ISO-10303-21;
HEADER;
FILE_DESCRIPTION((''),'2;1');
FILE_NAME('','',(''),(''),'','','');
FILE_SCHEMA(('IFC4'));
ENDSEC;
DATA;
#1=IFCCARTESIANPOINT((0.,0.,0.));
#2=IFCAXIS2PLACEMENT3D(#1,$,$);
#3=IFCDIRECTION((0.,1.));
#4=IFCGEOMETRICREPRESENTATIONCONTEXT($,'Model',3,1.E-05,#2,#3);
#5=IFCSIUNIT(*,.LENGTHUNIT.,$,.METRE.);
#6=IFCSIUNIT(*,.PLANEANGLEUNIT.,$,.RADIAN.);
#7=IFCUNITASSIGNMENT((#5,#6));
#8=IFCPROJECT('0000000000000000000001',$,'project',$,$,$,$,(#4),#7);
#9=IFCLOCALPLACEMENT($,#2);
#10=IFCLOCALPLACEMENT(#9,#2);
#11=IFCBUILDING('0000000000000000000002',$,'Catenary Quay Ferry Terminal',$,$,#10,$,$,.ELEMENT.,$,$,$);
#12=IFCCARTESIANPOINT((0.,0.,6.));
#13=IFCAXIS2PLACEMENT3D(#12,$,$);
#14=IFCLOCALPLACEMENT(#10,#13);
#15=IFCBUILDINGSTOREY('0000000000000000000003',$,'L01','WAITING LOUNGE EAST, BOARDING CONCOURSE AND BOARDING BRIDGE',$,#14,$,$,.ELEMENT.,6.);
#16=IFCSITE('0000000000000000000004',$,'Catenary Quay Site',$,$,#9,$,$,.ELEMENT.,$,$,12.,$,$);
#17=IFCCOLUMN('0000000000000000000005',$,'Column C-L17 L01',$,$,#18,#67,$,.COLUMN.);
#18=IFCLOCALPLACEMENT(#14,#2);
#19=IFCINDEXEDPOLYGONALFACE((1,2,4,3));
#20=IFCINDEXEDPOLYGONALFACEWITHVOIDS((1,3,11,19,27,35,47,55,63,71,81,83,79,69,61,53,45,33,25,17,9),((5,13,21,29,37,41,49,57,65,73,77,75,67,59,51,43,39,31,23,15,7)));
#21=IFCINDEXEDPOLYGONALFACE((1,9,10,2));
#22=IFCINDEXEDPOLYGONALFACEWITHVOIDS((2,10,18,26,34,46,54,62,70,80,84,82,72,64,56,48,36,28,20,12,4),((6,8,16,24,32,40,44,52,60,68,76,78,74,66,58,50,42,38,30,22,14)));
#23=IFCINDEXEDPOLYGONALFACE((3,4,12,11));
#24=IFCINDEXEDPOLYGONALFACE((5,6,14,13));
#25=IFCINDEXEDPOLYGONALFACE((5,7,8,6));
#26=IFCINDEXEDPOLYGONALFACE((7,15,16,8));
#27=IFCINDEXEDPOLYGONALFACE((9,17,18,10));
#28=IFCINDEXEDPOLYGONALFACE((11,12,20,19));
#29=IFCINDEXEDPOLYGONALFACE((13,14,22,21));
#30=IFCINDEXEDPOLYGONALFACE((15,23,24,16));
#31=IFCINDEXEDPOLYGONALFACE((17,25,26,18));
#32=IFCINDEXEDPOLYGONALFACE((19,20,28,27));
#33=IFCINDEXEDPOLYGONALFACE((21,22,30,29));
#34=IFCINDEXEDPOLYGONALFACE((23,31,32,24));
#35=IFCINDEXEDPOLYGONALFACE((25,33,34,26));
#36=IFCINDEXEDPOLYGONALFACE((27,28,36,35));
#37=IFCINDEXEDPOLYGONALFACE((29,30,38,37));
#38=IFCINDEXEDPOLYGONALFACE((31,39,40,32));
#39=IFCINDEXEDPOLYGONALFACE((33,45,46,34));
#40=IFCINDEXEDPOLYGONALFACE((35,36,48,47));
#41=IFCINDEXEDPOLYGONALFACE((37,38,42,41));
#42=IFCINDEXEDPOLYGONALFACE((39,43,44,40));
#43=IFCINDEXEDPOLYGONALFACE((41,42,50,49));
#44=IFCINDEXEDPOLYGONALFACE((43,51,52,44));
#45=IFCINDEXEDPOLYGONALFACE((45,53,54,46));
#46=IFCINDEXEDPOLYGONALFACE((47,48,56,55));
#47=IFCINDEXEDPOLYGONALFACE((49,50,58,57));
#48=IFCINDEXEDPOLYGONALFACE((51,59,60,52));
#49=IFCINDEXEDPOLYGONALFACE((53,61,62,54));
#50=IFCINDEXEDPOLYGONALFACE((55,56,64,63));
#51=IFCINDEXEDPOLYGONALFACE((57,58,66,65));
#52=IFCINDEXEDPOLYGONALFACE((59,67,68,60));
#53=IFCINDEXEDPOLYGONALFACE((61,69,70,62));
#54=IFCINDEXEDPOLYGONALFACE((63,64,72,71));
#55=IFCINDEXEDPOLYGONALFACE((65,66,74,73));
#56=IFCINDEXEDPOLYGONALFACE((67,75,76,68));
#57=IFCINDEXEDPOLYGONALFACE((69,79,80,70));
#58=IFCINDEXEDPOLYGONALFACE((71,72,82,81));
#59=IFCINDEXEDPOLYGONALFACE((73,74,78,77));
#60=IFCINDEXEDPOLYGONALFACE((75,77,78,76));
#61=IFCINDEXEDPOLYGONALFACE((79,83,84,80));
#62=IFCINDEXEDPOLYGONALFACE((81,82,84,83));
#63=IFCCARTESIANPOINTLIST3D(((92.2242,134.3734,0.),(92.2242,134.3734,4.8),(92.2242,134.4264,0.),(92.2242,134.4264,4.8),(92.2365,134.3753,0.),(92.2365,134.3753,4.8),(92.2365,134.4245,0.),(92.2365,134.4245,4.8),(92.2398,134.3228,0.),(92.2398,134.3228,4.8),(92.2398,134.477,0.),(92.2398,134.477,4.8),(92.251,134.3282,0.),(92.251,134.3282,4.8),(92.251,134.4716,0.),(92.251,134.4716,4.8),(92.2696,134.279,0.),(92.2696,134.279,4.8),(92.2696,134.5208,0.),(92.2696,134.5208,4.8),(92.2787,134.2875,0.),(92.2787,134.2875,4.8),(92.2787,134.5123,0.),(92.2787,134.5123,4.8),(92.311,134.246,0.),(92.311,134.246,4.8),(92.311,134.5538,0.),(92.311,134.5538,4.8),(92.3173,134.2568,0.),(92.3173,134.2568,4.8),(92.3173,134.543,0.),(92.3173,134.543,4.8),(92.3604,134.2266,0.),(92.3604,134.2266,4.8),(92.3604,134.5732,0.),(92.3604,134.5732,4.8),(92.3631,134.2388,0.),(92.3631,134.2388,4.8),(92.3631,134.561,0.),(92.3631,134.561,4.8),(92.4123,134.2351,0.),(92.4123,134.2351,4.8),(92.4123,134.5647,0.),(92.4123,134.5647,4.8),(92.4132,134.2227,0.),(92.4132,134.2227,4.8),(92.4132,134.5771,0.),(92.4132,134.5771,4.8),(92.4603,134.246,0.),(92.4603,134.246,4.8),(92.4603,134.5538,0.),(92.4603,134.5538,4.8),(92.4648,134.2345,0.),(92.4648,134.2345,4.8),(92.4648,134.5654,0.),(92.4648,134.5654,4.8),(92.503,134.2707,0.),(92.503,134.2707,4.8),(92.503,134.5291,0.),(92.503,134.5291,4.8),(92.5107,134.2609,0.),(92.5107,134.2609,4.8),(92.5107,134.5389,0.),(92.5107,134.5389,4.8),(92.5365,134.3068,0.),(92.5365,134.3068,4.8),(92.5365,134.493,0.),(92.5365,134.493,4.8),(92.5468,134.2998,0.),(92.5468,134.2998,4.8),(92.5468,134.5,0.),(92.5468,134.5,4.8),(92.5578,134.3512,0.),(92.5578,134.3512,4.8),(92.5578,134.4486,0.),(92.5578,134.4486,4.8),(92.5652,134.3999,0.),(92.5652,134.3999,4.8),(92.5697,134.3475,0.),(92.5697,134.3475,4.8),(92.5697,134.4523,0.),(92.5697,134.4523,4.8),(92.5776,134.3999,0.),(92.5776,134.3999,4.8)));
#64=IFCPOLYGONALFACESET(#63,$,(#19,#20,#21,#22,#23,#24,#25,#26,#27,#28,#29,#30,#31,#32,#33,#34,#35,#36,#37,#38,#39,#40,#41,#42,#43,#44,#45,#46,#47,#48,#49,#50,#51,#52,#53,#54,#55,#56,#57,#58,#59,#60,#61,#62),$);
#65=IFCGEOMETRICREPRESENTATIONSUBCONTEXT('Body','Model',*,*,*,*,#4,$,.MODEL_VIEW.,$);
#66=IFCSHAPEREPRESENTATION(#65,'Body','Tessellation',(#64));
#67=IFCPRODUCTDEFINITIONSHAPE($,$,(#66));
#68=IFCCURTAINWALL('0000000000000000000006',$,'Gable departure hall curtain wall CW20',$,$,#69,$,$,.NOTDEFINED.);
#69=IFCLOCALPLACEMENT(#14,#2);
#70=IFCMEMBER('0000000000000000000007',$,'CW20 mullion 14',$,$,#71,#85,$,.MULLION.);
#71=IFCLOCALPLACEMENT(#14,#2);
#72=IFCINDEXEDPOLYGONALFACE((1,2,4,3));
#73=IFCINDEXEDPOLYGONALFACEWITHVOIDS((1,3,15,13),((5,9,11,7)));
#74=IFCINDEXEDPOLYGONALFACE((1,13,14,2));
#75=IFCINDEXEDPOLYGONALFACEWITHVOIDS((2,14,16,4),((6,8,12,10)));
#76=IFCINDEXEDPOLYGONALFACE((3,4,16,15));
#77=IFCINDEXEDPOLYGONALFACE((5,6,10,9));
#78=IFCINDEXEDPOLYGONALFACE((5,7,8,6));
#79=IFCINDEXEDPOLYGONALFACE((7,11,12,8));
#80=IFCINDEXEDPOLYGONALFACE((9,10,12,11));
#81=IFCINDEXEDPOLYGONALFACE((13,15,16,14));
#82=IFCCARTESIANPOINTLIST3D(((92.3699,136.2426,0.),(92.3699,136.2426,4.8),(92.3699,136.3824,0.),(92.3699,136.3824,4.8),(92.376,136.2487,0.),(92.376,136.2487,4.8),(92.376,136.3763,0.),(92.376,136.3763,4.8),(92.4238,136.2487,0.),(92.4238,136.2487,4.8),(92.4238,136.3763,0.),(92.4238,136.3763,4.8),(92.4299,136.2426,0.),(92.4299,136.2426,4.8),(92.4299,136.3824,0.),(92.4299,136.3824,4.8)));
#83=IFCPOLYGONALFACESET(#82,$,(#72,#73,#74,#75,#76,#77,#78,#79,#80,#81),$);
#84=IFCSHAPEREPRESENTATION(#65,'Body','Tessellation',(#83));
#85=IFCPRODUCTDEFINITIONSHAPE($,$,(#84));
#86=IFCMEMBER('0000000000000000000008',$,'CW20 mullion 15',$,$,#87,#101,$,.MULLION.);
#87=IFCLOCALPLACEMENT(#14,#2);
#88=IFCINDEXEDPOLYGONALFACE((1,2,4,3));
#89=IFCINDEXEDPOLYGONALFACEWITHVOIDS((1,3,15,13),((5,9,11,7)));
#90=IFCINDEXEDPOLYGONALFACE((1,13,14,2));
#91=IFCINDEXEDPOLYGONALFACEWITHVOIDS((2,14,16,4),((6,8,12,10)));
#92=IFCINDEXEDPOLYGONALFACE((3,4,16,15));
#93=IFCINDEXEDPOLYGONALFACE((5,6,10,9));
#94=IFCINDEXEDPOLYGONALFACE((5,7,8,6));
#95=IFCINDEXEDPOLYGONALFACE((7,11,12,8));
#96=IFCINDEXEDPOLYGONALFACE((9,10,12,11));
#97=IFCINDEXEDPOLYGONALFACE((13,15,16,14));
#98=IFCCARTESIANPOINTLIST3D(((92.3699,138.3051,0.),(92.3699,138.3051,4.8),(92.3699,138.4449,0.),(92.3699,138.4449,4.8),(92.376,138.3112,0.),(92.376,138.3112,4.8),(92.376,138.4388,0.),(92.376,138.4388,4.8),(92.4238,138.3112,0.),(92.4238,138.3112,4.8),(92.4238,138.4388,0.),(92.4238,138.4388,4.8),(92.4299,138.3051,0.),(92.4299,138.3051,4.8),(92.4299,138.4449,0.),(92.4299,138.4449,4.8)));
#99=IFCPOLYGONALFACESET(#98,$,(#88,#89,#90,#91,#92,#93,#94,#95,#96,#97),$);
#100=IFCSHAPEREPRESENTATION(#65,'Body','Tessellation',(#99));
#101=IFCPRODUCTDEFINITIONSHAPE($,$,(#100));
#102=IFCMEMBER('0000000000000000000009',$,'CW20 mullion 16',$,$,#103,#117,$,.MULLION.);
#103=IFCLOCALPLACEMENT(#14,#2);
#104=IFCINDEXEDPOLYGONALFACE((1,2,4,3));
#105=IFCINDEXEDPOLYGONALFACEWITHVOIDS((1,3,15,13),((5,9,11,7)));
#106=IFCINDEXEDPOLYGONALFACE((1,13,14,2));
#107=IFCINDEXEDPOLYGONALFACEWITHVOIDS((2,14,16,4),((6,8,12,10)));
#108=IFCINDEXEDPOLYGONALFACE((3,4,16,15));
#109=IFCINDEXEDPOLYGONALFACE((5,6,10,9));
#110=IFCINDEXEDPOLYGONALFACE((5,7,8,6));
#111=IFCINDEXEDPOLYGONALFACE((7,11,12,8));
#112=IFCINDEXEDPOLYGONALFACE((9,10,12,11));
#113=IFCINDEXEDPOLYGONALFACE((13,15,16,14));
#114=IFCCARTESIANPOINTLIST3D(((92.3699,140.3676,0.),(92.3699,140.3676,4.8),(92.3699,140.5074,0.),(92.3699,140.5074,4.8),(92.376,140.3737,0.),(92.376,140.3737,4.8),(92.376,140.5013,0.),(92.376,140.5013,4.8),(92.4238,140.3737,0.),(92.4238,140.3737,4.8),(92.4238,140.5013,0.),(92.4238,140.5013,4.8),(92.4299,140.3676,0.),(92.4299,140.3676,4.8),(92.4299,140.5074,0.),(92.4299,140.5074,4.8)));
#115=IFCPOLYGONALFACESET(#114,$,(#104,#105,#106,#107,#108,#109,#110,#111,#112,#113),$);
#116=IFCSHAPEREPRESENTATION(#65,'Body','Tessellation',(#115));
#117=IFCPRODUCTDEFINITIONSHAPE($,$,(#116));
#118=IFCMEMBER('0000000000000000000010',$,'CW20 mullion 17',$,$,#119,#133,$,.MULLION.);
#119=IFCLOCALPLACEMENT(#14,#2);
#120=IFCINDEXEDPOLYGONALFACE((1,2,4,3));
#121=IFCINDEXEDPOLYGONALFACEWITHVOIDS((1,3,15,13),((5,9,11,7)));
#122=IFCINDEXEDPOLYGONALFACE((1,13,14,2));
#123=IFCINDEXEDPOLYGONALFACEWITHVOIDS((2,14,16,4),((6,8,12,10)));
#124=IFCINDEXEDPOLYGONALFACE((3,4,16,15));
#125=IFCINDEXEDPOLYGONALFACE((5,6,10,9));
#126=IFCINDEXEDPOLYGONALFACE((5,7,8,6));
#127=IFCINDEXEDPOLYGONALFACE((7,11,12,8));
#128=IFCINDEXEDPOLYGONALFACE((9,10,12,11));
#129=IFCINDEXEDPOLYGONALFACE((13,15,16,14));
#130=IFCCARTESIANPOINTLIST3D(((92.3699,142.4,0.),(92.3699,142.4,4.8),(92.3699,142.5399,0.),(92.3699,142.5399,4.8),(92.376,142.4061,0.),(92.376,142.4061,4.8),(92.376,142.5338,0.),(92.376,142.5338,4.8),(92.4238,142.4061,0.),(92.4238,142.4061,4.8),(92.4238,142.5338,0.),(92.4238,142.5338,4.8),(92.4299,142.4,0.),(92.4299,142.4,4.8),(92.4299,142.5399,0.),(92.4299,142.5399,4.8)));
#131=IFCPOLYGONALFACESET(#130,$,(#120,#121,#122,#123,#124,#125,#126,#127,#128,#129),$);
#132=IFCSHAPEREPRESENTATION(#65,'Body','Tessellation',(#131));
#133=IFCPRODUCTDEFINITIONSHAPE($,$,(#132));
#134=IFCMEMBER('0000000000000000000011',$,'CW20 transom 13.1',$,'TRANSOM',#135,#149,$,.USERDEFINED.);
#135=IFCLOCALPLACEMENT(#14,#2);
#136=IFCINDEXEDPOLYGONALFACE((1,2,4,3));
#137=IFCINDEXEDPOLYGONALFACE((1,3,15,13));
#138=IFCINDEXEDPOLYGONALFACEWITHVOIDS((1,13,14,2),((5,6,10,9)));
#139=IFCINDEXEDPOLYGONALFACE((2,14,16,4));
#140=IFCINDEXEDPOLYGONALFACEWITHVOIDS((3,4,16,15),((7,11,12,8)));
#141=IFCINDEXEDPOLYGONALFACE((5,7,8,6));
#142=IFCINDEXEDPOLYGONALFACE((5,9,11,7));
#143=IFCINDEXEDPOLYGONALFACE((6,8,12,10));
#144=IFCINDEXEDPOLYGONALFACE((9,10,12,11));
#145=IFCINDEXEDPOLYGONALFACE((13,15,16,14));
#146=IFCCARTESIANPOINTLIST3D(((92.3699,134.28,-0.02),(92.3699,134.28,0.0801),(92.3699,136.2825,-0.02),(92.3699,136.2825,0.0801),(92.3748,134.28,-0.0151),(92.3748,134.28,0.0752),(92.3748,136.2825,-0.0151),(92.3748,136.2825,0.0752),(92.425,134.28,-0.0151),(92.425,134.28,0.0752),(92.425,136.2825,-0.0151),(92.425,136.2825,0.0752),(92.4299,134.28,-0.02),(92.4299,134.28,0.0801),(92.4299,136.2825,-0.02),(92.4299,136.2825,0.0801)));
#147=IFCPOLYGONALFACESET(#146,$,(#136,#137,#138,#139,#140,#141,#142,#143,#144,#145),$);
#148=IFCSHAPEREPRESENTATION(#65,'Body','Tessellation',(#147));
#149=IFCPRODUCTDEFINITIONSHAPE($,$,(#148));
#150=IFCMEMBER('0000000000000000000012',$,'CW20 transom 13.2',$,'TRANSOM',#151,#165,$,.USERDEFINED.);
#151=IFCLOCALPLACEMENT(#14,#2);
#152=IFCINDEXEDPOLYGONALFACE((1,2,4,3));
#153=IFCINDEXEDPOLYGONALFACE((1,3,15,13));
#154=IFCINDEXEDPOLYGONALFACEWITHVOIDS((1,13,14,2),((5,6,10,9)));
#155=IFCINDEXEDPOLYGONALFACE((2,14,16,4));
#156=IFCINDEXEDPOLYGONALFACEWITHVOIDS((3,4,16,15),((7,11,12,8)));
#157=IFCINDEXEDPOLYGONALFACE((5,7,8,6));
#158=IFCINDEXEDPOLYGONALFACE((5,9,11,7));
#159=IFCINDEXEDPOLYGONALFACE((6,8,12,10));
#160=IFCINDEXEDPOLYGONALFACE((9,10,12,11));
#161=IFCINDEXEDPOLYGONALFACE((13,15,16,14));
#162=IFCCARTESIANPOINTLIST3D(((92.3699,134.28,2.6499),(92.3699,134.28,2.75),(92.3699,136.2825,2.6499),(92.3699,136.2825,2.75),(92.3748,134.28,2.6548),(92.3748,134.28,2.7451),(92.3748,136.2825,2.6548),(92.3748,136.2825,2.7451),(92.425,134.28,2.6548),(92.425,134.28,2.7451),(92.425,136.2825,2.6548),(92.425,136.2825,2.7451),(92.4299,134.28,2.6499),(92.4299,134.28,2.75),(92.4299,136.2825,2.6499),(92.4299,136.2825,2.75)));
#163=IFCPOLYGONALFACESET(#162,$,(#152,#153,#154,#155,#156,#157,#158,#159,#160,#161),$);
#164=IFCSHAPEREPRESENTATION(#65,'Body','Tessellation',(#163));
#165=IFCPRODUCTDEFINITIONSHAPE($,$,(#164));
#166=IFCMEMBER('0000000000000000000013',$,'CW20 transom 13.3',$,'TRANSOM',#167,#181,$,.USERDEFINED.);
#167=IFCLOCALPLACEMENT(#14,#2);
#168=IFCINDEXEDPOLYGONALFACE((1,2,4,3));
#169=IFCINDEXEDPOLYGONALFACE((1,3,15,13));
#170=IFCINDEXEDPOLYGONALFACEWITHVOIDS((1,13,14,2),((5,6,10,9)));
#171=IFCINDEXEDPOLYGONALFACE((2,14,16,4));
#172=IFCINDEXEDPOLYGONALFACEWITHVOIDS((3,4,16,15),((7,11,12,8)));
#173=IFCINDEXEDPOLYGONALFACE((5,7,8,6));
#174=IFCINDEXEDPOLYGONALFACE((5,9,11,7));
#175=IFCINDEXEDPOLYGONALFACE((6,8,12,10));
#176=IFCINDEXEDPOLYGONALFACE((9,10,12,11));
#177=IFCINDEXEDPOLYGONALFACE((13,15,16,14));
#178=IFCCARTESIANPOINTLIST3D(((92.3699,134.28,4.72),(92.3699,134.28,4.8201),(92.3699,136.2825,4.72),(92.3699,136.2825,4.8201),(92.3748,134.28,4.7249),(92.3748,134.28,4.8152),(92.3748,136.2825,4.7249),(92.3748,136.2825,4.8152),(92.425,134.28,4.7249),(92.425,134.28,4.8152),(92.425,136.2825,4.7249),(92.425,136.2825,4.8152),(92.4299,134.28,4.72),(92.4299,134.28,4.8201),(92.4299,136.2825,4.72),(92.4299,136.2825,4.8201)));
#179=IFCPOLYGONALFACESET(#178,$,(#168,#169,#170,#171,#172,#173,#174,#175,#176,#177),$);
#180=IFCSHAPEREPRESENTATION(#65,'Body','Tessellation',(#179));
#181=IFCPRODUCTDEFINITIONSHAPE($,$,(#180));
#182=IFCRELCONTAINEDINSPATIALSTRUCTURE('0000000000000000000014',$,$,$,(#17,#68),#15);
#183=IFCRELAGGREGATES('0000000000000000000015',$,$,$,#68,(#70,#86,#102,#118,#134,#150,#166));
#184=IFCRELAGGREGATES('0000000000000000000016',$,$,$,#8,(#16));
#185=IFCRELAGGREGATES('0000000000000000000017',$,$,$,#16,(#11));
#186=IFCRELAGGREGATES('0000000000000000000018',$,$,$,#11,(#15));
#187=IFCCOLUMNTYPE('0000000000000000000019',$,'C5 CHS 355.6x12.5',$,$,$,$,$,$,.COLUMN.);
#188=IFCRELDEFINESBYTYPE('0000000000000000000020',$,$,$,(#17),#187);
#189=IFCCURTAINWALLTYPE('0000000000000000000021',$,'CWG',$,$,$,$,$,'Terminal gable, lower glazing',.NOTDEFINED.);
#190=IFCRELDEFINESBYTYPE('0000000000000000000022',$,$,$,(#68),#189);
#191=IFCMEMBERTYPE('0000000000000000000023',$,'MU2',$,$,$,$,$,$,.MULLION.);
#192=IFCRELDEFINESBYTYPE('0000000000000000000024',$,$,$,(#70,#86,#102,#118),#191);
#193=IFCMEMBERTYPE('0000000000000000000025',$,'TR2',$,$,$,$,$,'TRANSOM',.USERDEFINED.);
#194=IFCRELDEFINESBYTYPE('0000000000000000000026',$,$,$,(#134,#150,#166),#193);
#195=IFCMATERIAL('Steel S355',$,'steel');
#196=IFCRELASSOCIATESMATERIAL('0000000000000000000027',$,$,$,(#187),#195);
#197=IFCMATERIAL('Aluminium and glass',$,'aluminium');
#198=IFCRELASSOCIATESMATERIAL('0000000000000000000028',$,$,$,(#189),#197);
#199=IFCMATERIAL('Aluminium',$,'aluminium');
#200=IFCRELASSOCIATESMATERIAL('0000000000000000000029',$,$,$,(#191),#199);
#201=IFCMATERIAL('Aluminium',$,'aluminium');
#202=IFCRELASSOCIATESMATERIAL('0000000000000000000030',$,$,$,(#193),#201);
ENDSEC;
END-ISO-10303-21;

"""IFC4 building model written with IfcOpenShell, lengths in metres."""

from ifc_helpers import new_model, si_unit, direction, frame, origin, origin_2d, place, context, subcontext, project, spatial, hollow_rectangle, hollow_circle, extrude, material, material_profile, profile_set, type_object, element, aggregate, save


model = new_model("IFC4")

# Units and contexts
model_context = context("Model", 3, precision=1e-05, world=origin(), true_north=direction((0.0, 1.0)))
body_context = subcontext(model_context, "Body", "Model", "MODEL_VIEW")
ifc_project = project(units=[si_unit("LENGTHUNIT", "METRE"), si_unit("PLANEANGLEUNIT", "RADIAN")], contexts=[model_context])

# Site, building, storey
site_placement = place(None, origin())
site = spatial("IfcSite", under=ifc_project, at=site_placement, Name="Catenary Quay Site", CompositionType="ELEMENT", RefElevation=12.0)
building_placement = place(site_placement, origin())
building = spatial("IfcBuilding", under=site, at=building_placement, Name="Catenary Quay Ferry Terminal", CompositionType="ELEMENT")
storey_placement = place(building_placement, frame((0.0, 0.0, 6.0)))
storey = spatial("IfcBuildingStorey", under=building, at=storey_placement, Name="L01", Description="WAITING LOUNGE EAST, BOARDING CONCOURSE AND BOARDING BRIDGE", CompositionType="ELEMENT", Elevation=6.0)

# Column
ifc_material_1 = material(Name="Steel S355", Category="steel")
ifc_material_profile_1 = material_profile(ifc_material_1, hollow_circle(Radius=0.1777, WallThickness=0.0125, at=origin_2d()), Name="CHS 355.6x12.5")
ifc_profile_set_1 = profile_set([ifc_material_profile_1], Name="Steel S355")
column_type = type_object("IfcColumnType", Name="C5 CHS 355.6x12.5", PredefinedType="COLUMN", material=ifc_profile_set_1)
column_placement = place(storey_placement, frame((92.3999, 134.3999, 0.0), z_axis=(0.0, 0.0, 1.0), x_axis=(1.0, 0.0, 0.0)))
element("IfcColumn", 1, at=column_placement, inside=storey, type_object=column_type, Name="Column C-L17 L01", PredefinedType="COLUMN", context=body_context, shape_type="SweptSolid", body=[
    extrude(hollow_circle(Radius=0.1777, WallThickness=0.0125, at=origin_2d()), origin(), (0.0, 0.0, 1.0), 4.8),
])

# Curtain wall, members
ifc_material_2 = material(Name="Aluminium and glass", Category="aluminium")
curtain_wall_type = type_object("IfcCurtainWallType", Name="CWG", ElementType="Terminal gable, lower glazing", PredefinedType="NOTDEFINED", material=ifc_material_2)
curtain_wall_placement = place(storey_placement, origin())
curtain_wall = element("IfcCurtainWall", 2, at=curtain_wall_placement, inside=storey, type_object=curtain_wall_type, Name="Gable departure hall curtain wall CW20", PredefinedType="NOTDEFINED")
ifc_material_3 = material(Name="Aluminium", Category="aluminium")
ifc_material_profile_2 = material_profile(ifc_material_3, hollow_rectangle(XDim=0.0601, YDim=0.1399, WallThickness=0.0061, at=origin_2d()), Name="MU2")
ifc_profile_set_2 = profile_set([ifc_material_profile_2], Name="Aluminium")
member_type_1 = type_object("IfcMemberType", Name="MU2", PredefinedType="MULLION", material=ifc_profile_set_2)
member_1_placement = place(storey_placement, frame((92.3999, 136.3125, 0.0), z_axis=(0.0, 0.0, 1.0), x_axis=(-1.0, 0.0, 0.0)))
member_1 = element("IfcMember", 3, at=member_1_placement, type_object=member_type_1, Name="CW20 mullion 14", PredefinedType="MULLION", context=body_context, shape_type="SweptSolid", body=[
    extrude(hollow_rectangle(XDim=0.0601, YDim=0.1399, WallThickness=0.0061, at=origin_2d()), origin(), (0.0, 0.0, 1.0), 4.8),
])
member_2_placement = place(storey_placement, frame((92.3999, 138.375, 0.0), z_axis=(0.0, 0.0, 1.0), x_axis=(-1.0, 0.0, 0.0)))
member_2 = element("IfcMember", 4, at=member_2_placement, type_object=member_type_1, Name="CW20 mullion 15", PredefinedType="MULLION", context=body_context, shape_type="SweptSolid", body=[
    extrude(hollow_rectangle(XDim=0.0601, YDim=0.1399, WallThickness=0.0061, at=origin_2d()), origin(), (0.0, 0.0, 1.0), 4.8),
])
member_3_placement = place(storey_placement, frame((92.3999, 140.4375, 0.0), z_axis=(0.0, 0.0, 1.0), x_axis=(-1.0, 0.0, 0.0)))
member_3 = element("IfcMember", 5, at=member_3_placement, type_object=member_type_1, Name="CW20 mullion 16", PredefinedType="MULLION", context=body_context, shape_type="SweptSolid", body=[
    extrude(hollow_rectangle(XDim=0.0601, YDim=0.1399, WallThickness=0.0061, at=origin_2d()), origin(), (0.0, 0.0, 1.0), 4.8),
])
member_4_placement = place(storey_placement, frame((92.3999, 142.47, 0.0), z_axis=(0.0, 0.0, 1.0), x_axis=(-1.0, 0.0, 0.0)))
member_4 = element("IfcMember", 6, at=member_4_placement, type_object=member_type_1, Name="CW20 mullion 17", PredefinedType="MULLION", context=body_context, shape_type="SweptSolid", body=[
    extrude(hollow_rectangle(XDim=0.0601, YDim=0.1399, WallThickness=0.0061, at=origin_2d()), origin(), (0.0, 0.0, 1.0), 4.8),
])
ifc_material_4 = material(Name="Aluminium", Category="aluminium")
ifc_material_profile_3 = material_profile(ifc_material_4, hollow_rectangle(XDim=0.0601, YDim=0.1001, WallThickness=0.0049, at=origin_2d()), Name="TR2")
ifc_profile_set_3 = profile_set([ifc_material_profile_3], Name="Aluminium")
member_type_2 = type_object("IfcMemberType", Name="TR2", ElementType="TRANSOM", PredefinedType="USERDEFINED", material=ifc_profile_set_3)
member_5_placement = place(storey_placement, frame((92.3999, 134.28, 0.03), z_axis=(0.0, 1.0, 0.0), x_axis=(-1.0, 0.0, 0.0)))
member_5 = element("IfcMember", 7, at=member_5_placement, type_object=member_type_2, Name="CW20 transom 13.1", ObjectType="TRANSOM", PredefinedType="USERDEFINED", context=body_context, shape_type="SweptSolid", body=[
    extrude(hollow_rectangle(XDim=0.0601, YDim=0.1001, WallThickness=0.0049, at=origin_2d()), origin(), (0.0, 0.0, 1.0), 2.0024),
])
member_6_placement = place(storey_placement, frame((92.3999, 134.28, 2.7), z_axis=(0.0, 1.0, 0.0), x_axis=(-1.0, 0.0, 0.0)))
member_6 = element("IfcMember", 8, at=member_6_placement, type_object=member_type_2, Name="CW20 transom 13.2", ObjectType="TRANSOM", PredefinedType="USERDEFINED", context=body_context, shape_type="SweptSolid", body=[
    extrude(hollow_rectangle(XDim=0.0601, YDim=0.1001, WallThickness=0.0049, at=origin_2d()), origin(), (0.0, 0.0, 1.0), 2.0024),
])
member_7_placement = place(storey_placement, frame((92.3999, 134.28, 4.77), z_axis=(0.0, 1.0, 0.0), x_axis=(-1.0, 0.0, 0.0)))
member_7 = element("IfcMember", 9, at=member_7_placement, type_object=member_type_2, Name="CW20 transom 13.3", ObjectType="TRANSOM", PredefinedType="USERDEFINED", context=body_context, shape_type="SweptSolid", body=[
    extrude(hollow_rectangle(XDim=0.0601, YDim=0.1001, WallThickness=0.0049, at=origin_2d()), origin(), (0.0, 0.0, 1.0), 2.0024),
])
aggregate(curtain_wall, [member_1, member_2, member_3, member_4, member_5, member_6, member_7])

save(model, "model.ifc")
